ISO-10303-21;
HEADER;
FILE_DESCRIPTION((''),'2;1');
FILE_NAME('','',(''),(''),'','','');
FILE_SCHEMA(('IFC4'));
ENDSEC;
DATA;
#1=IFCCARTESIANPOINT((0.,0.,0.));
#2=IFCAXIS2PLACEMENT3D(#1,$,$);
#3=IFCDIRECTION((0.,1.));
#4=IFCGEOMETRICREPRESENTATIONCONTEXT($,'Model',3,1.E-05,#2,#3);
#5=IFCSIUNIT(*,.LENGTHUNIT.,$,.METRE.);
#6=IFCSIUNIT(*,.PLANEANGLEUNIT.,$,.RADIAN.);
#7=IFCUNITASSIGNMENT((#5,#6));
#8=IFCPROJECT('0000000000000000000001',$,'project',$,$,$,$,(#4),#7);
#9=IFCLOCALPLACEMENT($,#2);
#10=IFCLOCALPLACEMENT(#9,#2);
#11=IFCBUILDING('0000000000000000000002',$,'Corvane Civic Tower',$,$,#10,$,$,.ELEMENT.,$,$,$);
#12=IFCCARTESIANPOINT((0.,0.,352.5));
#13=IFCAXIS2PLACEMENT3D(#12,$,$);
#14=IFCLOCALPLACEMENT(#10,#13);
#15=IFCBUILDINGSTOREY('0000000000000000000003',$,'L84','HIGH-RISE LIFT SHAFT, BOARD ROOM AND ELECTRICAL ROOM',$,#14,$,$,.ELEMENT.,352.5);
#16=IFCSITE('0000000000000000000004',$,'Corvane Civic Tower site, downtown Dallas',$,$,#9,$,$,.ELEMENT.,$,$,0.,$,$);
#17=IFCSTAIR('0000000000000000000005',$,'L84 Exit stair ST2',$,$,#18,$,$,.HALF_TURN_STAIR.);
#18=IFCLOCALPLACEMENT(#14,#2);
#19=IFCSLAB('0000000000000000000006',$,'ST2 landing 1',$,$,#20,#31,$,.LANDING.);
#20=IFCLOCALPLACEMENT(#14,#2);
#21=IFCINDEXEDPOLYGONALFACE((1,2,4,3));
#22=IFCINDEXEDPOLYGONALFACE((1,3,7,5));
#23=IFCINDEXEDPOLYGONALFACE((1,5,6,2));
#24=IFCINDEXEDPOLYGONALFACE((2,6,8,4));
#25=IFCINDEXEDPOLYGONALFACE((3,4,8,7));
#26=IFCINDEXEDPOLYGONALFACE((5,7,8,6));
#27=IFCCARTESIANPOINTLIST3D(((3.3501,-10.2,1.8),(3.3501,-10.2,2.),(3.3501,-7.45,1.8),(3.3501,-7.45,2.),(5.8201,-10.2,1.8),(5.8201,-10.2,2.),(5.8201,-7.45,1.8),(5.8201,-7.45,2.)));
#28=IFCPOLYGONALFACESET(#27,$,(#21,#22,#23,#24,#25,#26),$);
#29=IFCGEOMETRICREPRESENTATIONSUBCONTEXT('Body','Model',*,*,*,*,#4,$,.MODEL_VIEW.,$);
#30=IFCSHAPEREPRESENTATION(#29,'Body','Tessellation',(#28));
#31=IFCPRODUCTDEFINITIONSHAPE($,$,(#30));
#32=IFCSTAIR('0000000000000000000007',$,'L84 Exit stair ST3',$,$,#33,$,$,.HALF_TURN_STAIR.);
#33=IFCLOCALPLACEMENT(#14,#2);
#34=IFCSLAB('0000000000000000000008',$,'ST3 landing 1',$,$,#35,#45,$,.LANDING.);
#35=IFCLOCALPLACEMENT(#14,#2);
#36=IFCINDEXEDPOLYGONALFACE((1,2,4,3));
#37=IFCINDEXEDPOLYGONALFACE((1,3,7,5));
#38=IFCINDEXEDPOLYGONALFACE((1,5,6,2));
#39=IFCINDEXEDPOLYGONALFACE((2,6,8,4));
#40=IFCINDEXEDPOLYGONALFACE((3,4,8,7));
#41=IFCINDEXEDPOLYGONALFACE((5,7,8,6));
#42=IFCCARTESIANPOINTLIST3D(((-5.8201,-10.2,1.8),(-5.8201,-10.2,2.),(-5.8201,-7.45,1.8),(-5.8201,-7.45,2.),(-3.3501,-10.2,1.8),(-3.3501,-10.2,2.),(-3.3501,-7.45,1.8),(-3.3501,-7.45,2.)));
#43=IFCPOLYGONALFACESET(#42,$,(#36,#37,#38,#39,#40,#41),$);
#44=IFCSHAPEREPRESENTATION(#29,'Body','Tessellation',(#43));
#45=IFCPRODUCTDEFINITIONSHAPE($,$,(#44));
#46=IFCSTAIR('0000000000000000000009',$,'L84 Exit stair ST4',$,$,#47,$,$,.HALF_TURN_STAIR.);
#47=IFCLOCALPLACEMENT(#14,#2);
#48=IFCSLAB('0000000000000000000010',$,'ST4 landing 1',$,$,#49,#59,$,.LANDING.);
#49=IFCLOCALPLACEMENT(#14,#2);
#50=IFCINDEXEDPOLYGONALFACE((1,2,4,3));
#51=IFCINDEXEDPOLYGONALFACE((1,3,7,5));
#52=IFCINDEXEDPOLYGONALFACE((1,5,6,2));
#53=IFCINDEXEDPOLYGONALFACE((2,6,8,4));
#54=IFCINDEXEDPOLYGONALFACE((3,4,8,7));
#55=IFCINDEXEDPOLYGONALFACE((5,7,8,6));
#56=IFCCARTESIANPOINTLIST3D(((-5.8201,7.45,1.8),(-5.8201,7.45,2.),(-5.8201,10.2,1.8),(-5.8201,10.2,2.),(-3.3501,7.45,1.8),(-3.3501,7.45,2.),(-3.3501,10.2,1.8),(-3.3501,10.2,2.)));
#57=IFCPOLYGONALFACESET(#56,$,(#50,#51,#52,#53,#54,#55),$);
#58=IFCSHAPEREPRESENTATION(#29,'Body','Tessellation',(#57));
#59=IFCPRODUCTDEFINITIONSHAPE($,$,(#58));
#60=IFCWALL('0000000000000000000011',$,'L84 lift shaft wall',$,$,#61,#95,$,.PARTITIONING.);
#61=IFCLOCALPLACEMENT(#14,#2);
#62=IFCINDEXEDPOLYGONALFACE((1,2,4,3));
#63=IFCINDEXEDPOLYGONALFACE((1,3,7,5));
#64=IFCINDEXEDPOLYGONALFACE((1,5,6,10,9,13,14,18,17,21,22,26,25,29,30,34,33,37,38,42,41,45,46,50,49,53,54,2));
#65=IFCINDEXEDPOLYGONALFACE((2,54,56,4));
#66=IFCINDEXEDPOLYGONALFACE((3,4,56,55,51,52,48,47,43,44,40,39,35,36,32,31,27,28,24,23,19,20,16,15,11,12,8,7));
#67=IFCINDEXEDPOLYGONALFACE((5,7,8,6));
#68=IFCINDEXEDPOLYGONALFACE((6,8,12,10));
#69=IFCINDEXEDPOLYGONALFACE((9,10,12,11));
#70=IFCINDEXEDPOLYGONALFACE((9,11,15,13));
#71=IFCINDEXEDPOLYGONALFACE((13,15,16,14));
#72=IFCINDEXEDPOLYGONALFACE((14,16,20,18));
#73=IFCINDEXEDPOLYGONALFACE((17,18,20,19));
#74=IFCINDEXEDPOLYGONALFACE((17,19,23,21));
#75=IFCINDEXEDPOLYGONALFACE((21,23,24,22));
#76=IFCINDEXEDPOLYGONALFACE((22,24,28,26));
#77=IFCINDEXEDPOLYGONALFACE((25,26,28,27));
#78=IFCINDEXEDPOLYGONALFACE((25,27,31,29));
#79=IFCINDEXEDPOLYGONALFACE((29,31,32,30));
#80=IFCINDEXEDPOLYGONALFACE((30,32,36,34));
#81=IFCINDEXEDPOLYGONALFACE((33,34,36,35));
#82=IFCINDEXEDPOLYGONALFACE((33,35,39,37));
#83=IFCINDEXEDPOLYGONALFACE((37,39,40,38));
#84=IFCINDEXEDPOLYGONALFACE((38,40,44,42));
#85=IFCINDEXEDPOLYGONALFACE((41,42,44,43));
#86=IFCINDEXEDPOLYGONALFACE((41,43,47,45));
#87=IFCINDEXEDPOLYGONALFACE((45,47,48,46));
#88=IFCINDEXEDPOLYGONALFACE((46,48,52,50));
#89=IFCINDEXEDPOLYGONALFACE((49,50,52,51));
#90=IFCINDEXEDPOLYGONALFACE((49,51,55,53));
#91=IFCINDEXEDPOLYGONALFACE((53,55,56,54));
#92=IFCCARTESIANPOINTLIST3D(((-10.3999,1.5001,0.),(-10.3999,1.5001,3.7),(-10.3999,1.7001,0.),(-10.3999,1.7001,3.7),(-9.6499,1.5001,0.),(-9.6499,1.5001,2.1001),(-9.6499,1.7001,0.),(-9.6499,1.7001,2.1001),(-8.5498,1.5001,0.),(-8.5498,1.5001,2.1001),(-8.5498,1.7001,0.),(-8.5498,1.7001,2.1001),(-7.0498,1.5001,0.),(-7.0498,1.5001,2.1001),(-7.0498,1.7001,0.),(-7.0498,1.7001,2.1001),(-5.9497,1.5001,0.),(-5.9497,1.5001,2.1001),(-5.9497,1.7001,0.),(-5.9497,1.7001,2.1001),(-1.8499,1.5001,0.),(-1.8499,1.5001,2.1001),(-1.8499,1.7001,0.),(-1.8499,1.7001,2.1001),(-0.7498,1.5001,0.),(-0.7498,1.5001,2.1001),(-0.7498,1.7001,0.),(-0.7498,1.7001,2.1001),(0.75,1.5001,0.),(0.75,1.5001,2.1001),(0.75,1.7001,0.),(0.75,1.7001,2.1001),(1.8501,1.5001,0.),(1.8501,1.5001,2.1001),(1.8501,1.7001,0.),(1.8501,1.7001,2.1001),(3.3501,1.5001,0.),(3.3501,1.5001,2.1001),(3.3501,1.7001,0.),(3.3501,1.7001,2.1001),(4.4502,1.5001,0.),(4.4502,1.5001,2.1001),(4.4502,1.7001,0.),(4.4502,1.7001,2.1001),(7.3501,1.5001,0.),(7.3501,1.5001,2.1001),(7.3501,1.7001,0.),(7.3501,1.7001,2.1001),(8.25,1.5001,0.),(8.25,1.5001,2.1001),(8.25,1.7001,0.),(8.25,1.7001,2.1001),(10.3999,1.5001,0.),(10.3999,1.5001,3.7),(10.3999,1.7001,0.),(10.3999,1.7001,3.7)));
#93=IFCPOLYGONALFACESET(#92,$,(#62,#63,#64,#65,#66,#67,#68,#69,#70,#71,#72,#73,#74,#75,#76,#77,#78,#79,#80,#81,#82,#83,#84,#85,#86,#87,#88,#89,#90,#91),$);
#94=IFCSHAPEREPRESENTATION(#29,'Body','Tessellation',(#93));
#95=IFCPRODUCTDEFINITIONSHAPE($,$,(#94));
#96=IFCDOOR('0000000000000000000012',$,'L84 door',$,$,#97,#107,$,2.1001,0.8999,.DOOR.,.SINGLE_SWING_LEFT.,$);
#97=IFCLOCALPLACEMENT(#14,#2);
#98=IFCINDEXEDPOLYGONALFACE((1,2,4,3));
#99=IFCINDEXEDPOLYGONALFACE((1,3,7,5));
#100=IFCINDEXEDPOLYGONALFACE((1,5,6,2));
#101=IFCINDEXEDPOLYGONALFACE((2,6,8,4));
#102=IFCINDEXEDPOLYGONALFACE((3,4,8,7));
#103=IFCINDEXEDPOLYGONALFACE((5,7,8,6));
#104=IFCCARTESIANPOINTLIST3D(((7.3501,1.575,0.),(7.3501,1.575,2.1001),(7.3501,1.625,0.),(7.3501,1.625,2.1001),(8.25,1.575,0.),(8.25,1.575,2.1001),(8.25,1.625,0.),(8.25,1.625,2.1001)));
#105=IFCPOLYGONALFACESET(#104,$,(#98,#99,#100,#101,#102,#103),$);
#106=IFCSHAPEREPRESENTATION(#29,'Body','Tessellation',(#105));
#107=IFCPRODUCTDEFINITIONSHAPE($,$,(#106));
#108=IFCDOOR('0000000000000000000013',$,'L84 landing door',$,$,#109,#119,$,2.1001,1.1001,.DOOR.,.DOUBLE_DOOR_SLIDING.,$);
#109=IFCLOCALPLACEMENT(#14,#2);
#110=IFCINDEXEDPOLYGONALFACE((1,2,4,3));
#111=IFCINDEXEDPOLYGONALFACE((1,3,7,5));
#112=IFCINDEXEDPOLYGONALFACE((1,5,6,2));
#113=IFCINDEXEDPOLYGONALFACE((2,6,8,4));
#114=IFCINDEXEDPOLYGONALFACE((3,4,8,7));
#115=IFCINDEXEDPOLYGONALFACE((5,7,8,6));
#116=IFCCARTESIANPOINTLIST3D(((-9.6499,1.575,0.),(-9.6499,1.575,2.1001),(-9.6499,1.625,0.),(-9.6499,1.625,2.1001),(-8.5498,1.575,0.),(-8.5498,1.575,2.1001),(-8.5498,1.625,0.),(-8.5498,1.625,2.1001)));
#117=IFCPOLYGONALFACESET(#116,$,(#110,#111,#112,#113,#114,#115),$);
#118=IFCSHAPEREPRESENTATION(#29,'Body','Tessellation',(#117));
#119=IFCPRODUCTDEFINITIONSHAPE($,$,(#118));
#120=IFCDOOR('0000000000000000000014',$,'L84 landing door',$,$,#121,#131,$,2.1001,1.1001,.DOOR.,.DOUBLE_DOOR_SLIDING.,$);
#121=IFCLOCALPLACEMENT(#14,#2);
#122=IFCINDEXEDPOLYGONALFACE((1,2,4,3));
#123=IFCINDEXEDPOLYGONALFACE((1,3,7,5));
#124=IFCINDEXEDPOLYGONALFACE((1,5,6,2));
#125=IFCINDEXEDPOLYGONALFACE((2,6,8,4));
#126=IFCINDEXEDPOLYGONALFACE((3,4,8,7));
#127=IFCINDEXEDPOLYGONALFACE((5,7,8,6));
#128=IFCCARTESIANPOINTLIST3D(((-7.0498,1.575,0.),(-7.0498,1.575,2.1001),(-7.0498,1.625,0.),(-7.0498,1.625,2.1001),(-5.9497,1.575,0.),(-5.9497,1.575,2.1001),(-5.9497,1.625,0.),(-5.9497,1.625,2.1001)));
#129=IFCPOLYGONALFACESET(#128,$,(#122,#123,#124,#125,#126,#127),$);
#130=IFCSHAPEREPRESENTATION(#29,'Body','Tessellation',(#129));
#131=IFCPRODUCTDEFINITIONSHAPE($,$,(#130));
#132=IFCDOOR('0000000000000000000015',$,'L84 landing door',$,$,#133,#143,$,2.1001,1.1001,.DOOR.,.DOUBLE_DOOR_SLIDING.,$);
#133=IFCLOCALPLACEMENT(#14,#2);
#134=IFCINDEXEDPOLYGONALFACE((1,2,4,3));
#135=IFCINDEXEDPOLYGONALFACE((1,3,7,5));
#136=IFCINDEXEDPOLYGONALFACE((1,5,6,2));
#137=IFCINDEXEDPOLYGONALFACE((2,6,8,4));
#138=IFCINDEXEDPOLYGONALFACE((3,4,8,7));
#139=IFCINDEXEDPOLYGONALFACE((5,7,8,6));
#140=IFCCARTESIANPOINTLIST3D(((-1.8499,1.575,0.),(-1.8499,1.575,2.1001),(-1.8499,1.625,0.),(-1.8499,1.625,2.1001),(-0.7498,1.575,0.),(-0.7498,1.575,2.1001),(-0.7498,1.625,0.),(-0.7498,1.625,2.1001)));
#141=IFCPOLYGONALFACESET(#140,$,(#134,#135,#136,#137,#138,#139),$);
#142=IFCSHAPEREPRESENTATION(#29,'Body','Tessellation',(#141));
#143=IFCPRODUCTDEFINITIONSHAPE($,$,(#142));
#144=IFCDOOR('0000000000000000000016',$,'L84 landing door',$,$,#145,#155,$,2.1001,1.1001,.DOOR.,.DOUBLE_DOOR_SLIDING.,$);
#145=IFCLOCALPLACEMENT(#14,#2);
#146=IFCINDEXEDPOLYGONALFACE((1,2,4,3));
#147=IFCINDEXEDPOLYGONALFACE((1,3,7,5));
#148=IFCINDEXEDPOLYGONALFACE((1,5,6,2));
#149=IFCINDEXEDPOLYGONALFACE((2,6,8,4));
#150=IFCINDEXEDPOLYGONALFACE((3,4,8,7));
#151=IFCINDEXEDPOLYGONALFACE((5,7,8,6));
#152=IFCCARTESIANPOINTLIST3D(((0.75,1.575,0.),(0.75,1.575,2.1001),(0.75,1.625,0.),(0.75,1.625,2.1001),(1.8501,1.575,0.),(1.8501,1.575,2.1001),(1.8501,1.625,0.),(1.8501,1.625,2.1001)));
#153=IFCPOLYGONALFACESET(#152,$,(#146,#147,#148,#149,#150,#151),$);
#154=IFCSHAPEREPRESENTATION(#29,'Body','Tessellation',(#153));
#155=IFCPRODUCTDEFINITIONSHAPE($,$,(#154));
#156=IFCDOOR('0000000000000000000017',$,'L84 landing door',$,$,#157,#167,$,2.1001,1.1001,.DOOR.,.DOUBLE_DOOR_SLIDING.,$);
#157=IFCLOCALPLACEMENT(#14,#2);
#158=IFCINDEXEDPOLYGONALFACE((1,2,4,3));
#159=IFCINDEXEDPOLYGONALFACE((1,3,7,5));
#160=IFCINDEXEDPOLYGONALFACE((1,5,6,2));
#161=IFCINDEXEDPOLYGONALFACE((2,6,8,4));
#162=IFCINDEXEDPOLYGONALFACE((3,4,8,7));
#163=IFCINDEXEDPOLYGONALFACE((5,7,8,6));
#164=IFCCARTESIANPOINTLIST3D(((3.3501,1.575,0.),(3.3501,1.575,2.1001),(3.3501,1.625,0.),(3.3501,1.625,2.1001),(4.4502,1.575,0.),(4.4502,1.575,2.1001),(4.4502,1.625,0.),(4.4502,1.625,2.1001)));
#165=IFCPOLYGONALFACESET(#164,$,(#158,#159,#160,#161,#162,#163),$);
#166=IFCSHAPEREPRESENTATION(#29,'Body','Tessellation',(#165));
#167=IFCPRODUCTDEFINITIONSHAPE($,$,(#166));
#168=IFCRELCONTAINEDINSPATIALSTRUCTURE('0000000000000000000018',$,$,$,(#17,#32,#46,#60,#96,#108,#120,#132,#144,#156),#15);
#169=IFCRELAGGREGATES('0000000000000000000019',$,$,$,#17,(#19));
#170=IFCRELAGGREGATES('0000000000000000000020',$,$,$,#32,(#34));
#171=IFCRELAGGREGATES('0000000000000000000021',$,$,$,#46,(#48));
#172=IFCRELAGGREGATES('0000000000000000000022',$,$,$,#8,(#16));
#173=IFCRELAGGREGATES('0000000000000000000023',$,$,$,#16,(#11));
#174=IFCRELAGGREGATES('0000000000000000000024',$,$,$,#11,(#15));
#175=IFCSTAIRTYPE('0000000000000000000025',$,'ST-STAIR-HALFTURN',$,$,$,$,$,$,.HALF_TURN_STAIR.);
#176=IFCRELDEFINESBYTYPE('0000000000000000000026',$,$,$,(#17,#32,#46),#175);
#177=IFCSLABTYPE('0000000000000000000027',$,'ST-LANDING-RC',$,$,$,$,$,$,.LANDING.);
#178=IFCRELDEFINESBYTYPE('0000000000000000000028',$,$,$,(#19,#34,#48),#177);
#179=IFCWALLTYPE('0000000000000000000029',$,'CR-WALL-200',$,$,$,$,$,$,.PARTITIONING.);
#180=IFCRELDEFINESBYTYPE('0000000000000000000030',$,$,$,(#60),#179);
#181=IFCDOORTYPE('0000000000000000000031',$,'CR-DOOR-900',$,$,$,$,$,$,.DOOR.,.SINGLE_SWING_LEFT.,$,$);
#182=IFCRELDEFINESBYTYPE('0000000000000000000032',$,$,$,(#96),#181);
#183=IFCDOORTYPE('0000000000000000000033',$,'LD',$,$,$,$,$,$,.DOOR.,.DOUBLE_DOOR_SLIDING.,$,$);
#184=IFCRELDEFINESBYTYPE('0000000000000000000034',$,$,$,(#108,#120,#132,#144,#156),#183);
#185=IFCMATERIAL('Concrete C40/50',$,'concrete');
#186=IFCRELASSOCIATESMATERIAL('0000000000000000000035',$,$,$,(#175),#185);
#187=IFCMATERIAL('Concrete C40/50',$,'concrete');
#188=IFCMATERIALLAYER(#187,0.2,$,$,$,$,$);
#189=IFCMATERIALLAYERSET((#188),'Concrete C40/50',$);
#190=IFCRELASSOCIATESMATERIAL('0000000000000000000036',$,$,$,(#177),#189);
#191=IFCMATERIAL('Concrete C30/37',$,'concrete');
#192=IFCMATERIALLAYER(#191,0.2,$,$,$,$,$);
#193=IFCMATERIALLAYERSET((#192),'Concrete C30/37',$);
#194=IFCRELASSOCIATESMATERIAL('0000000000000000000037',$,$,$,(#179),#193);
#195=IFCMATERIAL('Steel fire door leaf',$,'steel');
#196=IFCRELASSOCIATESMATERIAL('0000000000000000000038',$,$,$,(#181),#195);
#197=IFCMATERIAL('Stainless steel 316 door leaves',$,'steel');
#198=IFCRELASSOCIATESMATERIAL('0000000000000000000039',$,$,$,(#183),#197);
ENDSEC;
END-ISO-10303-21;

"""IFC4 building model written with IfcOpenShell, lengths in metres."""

from ifc_helpers import new_model, si_unit, direction, frame, frame_2d, origin, place, context, subcontext, project, spatial, polyline, rectangle, outline, extrude, material, layer, layer_set, type_object, element, fill, aggregate, save


model = new_model("IFC4")

# Units and contexts
model_context = context("Model", 3, precision=1e-05, world=origin(), true_north=direction((0.0, 1.0)))
body_context = subcontext(model_context, "Body", "Model", "MODEL_VIEW")
ifc_project = project(units=[si_unit("LENGTHUNIT", "METRE"), si_unit("PLANEANGLEUNIT", "RADIAN")], contexts=[model_context])

# Site, building, storey
site_placement = place(None, origin())
site = spatial("IfcSite", under=ifc_project, at=site_placement, Name="Corvane Civic Tower site, downtown Dallas", CompositionType="ELEMENT", RefElevation=0.0)
building_placement = place(site_placement, origin())
building = spatial("IfcBuilding", under=site, at=building_placement, Name="Corvane Civic Tower", CompositionType="ELEMENT")
storey_placement = place(building_placement, frame((0.0, 0.0, 352.5)))
storey = spatial("IfcBuildingStorey", under=building, at=storey_placement, Name="L84", Description="HIGH-RISE LIFT SHAFT, BOARD ROOM AND ELECTRICAL ROOM", CompositionType="ELEMENT", Elevation=352.5)

# Stairs, slabs
ifc_material_1 = material(Name="Concrete C40/50", Category="concrete")
stair_type = type_object("IfcStairType", Name="ST-STAIR-HALFTURN", PredefinedType="HALF_TURN_STAIR", material=ifc_material_1)
stair_1_placement = place(storey_placement, origin())
stair_1 = element("IfcStair", 1, at=stair_1_placement, inside=storey, type_object=stair_type, Name="L84 Exit stair ST2", PredefinedType="HALF_TURN_STAIR")
ifc_material_2 = material(Name="Concrete C40/50", Category="concrete")
ifc_layer_1 = layer(ifc_material_2, 0.2)
ifc_layer_set_1 = layer_set([ifc_layer_1], Name="Concrete C40/50")
slab_type = type_object("IfcSlabType", Name="ST-LANDING-RC", PredefinedType="LANDING", material=ifc_layer_set_1)
slab_1_placement = place(storey_placement, frame((0.0, 0.0, 1.8)))
slab_1 = element("IfcSlab", 2, at=slab_1_placement, type_object=slab_type, Name="ST2 landing 1", PredefinedType="LANDING", context=body_context, shape_type="SweptSolid", body=[
    extrude(outline(polyline([(5.8201, -7.45), (3.3501, -7.45), (3.3501, -10.2), (5.8201, -10.2), (5.8201, -7.45)])), origin(), (0.0, 0.0, 1.0), 0.2),
])
aggregate(stair_1, [slab_1])
stair_2_placement = place(storey_placement, origin())
stair_2 = element("IfcStair", 3, at=stair_2_placement, inside=storey, type_object=stair_type, Name="L84 Exit stair ST3", PredefinedType="HALF_TURN_STAIR")
slab_2_placement = place(storey_placement, frame((0.0, 0.0, 1.8)))
slab_2 = element("IfcSlab", 4, at=slab_2_placement, type_object=slab_type, Name="ST3 landing 1", PredefinedType="LANDING", context=body_context, shape_type="SweptSolid", body=[
    extrude(outline(polyline([(-5.8201, -10.2), (-3.3501, -10.2), (-3.3501, -7.45), (-5.8201, -7.45), (-5.8201, -10.2)])), origin(), (0.0, 0.0, 1.0), 0.2),
])
aggregate(stair_2, [slab_2])
stair_3_placement = place(storey_placement, origin())
stair_3 = element("IfcStair", 5, at=stair_3_placement, inside=storey, type_object=stair_type, Name="L84 Exit stair ST4", PredefinedType="HALF_TURN_STAIR")
slab_3_placement = place(storey_placement, frame((0.0, 0.0, 1.8)))
slab_3 = element("IfcSlab", 6, at=slab_3_placement, type_object=slab_type, Name="ST4 landing 1", PredefinedType="LANDING", context=body_context, shape_type="SweptSolid", body=[
    extrude(outline(polyline([(-5.8201, 7.45), (-3.3501, 7.45), (-3.3501, 10.2), (-5.8201, 10.2), (-5.8201, 7.45)])), origin(), (0.0, 0.0, 1.0), 0.2),
])

# Wall, openings, doors
ifc_material_3 = material(Name="Concrete C30/37", Category="concrete")
ifc_layer_2 = layer(ifc_material_3, 0.2)
ifc_layer_set_2 = layer_set([ifc_layer_2], Name="Concrete C30/37")
wall_type_1 = type_object("IfcWallType", Name="CR-WALL-200", PredefinedType="PARTITIONING", material=ifc_layer_set_2)
wall_1_placement = place(storey_placement, frame((-10.3999, 1.6001, 0.0), z_axis=(0.0, 0.0, 1.0), x_axis=(1.0, 0.0, 0.0)))
wall_1 = element("IfcWall", 7, at=wall_1_placement, inside=storey, type_object=wall_type_1, Name="L84 lift shaft wall", PredefinedType="PARTITIONING", context=body_context, shape_type="SweptSolid", body=[
    extrude(rectangle(XDim=20.7998, YDim=0.2, at=frame_2d((10.3999, 0.0))), origin(), (0.0, 0.0, 1.0), 3.7),
])
opening_1_placement = place(wall_1_placement, frame((0.75, 0.0, 0.0)))
opening_1 = element("IfcOpeningElement", 8, at=opening_1_placement, cuts=wall_1, PredefinedType="OPENING", context=body_context, shape_type="SweptSolid", body=[
    extrude(rectangle(XDim=1.1001, YDim=2.1001, at=frame_2d((0.55, 1.05))), frame((0.0, 0.1099, 0.0), z_axis=(0.0, -1.0, 0.0), x_axis=(1.0, 0.0, 0.0)), (0.0, 0.0, 1.0), 0.22),
])
opening_2_placement = place(wall_1_placement, frame((3.3501, 0.0, 0.0)))
opening_2 = element("IfcOpeningElement", 9, at=opening_2_placement, cuts=wall_1, PredefinedType="OPENING", context=body_context, shape_type="SweptSolid", body=[
    extrude(rectangle(XDim=1.1001, YDim=2.1001, at=frame_2d((0.55, 1.05))), frame((0.0, 0.1099, 0.0), z_axis=(0.0, -1.0, 0.0), x_axis=(1.0, 0.0, 0.0)), (0.0, 0.0, 1.0), 0.22),
])
opening_3_placement = place(wall_1_placement, frame((8.55, 0.0, 0.0)))
opening_3 = element("IfcOpeningElement", 10, at=opening_3_placement, cuts=wall_1, PredefinedType="OPENING", context=body_context, shape_type="SweptSolid", body=[
    extrude(rectangle(XDim=1.1001, YDim=2.1001, at=frame_2d((0.55, 1.05))), frame((0.0, 0.1099, 0.0), z_axis=(0.0, -1.0, 0.0), x_axis=(1.0, 0.0, 0.0)), (0.0, 0.0, 1.0), 0.22),
])
opening_4_placement = place(wall_1_placement, frame((11.1499, 0.0, 0.0)))
opening_4 = element("IfcOpeningElement", 11, at=opening_4_placement, cuts=wall_1, PredefinedType="OPENING", context=body_context, shape_type="SweptSolid", body=[
    extrude(rectangle(XDim=1.1001, YDim=2.1001, at=frame_2d((0.55, 1.05))), frame((0.0, 0.1099, 0.0), z_axis=(0.0, -1.0, 0.0), x_axis=(1.0, 0.0, 0.0)), (0.0, 0.0, 1.0), 0.22),
])
opening_5_placement = place(wall_1_placement, frame((13.75, 0.0, 0.0)))
opening_5 = element("IfcOpeningElement", 12, at=opening_5_placement, cuts=wall_1, PredefinedType="OPENING", context=body_context, shape_type="SweptSolid", body=[
    extrude(rectangle(XDim=1.1001, YDim=2.1001, at=frame_2d((0.55, 1.05))), frame((0.0, 0.1099, 0.0), z_axis=(0.0, -1.0, 0.0), x_axis=(1.0, 0.0, 0.0)), (0.0, 0.0, 1.0), 0.22),
])
opening_6_placement = place(wall_1_placement, frame((17.75, 0.0, 0.0)))
opening_6 = element("IfcOpeningElement", 13, at=opening_6_placement, cuts=wall_1, PredefinedType="OPENING", context=body_context, shape_type="SweptSolid", body=[
    extrude(rectangle(XDim=0.8999, YDim=2.1001, at=frame_2d((0.45, 1.05))), frame((0.0, 0.1099, 0.0), z_axis=(0.0, -1.0, 0.0), x_axis=(1.0, 0.0, 0.0)), (0.0, 0.0, 1.0), 0.22),
])
ifc_material_4 = material(Name="Steel fire door leaf", Category="steel")
door_type_1 = type_object("IfcDoorType", Name="CR-DOOR-900", OperationType="SINGLE_SWING_LEFT", PredefinedType="DOOR", material=ifc_material_4)
door_1_placement = place(opening_6_placement, origin())
door_1 = element("IfcDoor", 14, at=door_1_placement, inside=storey, type_object=door_type_1, Name="L84 door", OperationType="SINGLE_SWING_LEFT", OverallHeight=2.1001, OverallWidth=0.8999, PredefinedType="DOOR", context=body_context, shape_type="SweptSolid", body=[
    extrude(rectangle(XDim=0.8999, YDim=2.1001, at=frame_2d((0.45, 1.05))), frame((0.0, 0.0249, 0.0), z_axis=(0.0, -1.0, 0.0), x_axis=(1.0, 0.0, 0.0)), (0.0, 0.0, 1.0), 0.05),
])
fill(opening_6, door_1)
ifc_material_5 = material(Name="Stainless steel 316 door leaves", Category="steel")
door_type_2 = type_object("IfcDoorType", Name="LD", OperationType="DOUBLE_DOOR_SLIDING", PredefinedType="DOOR", material=ifc_material_5)
door_2_placement = place(opening_1_placement, origin())
door_2 = element("IfcDoor", 15, at=door_2_placement, inside=storey, type_object=door_type_2, Name="L84 landing door", OperationType="DOUBLE_DOOR_SLIDING", OverallHeight=2.1001, OverallWidth=1.1001, PredefinedType="DOOR", context=body_context, shape_type="SweptSolid", body=[
    extrude(rectangle(XDim=1.1001, YDim=2.1001, at=frame_2d((0.55, 1.05))), frame((0.0, 0.0249, 0.0), z_axis=(0.0, -1.0, 0.0), x_axis=(1.0, 0.0, 0.0)), (0.0, 0.0, 1.0), 0.05),
])
fill(opening_1, door_2)
door_3_placement = place(opening_2_placement, origin())
door_3 = element("IfcDoor", 16, at=door_3_placement, inside=storey, type_object=door_type_2, Name="L84 landing door", OperationType="DOUBLE_DOOR_SLIDING", OverallHeight=2.1001, OverallWidth=1.1001, PredefinedType="DOOR", context=body_context, shape_type="SweptSolid", body=[
    extrude(rectangle(XDim=1.1001, YDim=2.1001, at=frame_2d((0.55, 1.05))), frame((0.0, 0.0249, 0.0), z_axis=(0.0, -1.0, 0.0), x_axis=(1.0, 0.0, 0.0)), (0.0, 0.0, 1.0), 0.05),
])
fill(opening_2, door_3)
door_4_placement = place(opening_3_placement, origin())
door_4 = element("IfcDoor", 17, at=door_4_placement, inside=storey, type_object=door_type_2, Name="L84 landing door", OperationType="DOUBLE_DOOR_SLIDING", OverallHeight=2.1001, OverallWidth=1.1001, PredefinedType="DOOR", context=body_context, shape_type="SweptSolid", body=[
    extrude(rectangle(XDim=1.1001, YDim=2.1001, at=frame_2d((0.55, 1.05))), frame((0.0, 0.0249, 0.0), z_axis=(0.0, -1.0, 0.0), x_axis=(1.0, 0.0, 0.0)), (0.0, 0.0, 1.0), 0.05),
])
fill(opening_3, door_4)
door_5_placement = place(opening_4_placement, origin())
door_5 = element("IfcDoor", 18, at=door_5_placement, inside=storey, type_object=door_type_2, Name="L84 landing door", OperationType="DOUBLE_DOOR_SLIDING", OverallHeight=2.1001, OverallWidth=1.1001, PredefinedType="DOOR", context=body_context, shape_type="SweptSolid", body=[
    extrude(rectangle(XDim=1.1001, YDim=2.1001, at=frame_2d((0.55, 1.05))), frame((0.0, 0.0249, 0.0), z_axis=(0.0, -1.0, 0.0), x_axis=(1.0, 0.0, 0.0)), (0.0, 0.0, 1.0), 0.05),
])
fill(opening_4, door_5)
door_6_placement = place(opening_5_placement, origin())
door_6 = element("IfcDoor", 19, at=door_6_placement, inside=storey, type_object=door_type_2, Name="L84 landing door", OperationType="DOUBLE_DOOR_SLIDING", OverallHeight=2.1001, OverallWidth=1.1001, PredefinedType="DOOR", context=body_context, shape_type="SweptSolid", body=[
    extrude(rectangle(XDim=1.1001, YDim=2.1001, at=frame_2d((0.55, 1.05))), frame((0.0, 0.0249, 0.0), z_axis=(0.0, -1.0, 0.0), x_axis=(1.0, 0.0, 0.0)), (0.0, 0.0, 1.0), 0.05),
])
fill(opening_5, door_6)

aggregate(stair_3, [slab_3])

save(model, "model.ifc")
